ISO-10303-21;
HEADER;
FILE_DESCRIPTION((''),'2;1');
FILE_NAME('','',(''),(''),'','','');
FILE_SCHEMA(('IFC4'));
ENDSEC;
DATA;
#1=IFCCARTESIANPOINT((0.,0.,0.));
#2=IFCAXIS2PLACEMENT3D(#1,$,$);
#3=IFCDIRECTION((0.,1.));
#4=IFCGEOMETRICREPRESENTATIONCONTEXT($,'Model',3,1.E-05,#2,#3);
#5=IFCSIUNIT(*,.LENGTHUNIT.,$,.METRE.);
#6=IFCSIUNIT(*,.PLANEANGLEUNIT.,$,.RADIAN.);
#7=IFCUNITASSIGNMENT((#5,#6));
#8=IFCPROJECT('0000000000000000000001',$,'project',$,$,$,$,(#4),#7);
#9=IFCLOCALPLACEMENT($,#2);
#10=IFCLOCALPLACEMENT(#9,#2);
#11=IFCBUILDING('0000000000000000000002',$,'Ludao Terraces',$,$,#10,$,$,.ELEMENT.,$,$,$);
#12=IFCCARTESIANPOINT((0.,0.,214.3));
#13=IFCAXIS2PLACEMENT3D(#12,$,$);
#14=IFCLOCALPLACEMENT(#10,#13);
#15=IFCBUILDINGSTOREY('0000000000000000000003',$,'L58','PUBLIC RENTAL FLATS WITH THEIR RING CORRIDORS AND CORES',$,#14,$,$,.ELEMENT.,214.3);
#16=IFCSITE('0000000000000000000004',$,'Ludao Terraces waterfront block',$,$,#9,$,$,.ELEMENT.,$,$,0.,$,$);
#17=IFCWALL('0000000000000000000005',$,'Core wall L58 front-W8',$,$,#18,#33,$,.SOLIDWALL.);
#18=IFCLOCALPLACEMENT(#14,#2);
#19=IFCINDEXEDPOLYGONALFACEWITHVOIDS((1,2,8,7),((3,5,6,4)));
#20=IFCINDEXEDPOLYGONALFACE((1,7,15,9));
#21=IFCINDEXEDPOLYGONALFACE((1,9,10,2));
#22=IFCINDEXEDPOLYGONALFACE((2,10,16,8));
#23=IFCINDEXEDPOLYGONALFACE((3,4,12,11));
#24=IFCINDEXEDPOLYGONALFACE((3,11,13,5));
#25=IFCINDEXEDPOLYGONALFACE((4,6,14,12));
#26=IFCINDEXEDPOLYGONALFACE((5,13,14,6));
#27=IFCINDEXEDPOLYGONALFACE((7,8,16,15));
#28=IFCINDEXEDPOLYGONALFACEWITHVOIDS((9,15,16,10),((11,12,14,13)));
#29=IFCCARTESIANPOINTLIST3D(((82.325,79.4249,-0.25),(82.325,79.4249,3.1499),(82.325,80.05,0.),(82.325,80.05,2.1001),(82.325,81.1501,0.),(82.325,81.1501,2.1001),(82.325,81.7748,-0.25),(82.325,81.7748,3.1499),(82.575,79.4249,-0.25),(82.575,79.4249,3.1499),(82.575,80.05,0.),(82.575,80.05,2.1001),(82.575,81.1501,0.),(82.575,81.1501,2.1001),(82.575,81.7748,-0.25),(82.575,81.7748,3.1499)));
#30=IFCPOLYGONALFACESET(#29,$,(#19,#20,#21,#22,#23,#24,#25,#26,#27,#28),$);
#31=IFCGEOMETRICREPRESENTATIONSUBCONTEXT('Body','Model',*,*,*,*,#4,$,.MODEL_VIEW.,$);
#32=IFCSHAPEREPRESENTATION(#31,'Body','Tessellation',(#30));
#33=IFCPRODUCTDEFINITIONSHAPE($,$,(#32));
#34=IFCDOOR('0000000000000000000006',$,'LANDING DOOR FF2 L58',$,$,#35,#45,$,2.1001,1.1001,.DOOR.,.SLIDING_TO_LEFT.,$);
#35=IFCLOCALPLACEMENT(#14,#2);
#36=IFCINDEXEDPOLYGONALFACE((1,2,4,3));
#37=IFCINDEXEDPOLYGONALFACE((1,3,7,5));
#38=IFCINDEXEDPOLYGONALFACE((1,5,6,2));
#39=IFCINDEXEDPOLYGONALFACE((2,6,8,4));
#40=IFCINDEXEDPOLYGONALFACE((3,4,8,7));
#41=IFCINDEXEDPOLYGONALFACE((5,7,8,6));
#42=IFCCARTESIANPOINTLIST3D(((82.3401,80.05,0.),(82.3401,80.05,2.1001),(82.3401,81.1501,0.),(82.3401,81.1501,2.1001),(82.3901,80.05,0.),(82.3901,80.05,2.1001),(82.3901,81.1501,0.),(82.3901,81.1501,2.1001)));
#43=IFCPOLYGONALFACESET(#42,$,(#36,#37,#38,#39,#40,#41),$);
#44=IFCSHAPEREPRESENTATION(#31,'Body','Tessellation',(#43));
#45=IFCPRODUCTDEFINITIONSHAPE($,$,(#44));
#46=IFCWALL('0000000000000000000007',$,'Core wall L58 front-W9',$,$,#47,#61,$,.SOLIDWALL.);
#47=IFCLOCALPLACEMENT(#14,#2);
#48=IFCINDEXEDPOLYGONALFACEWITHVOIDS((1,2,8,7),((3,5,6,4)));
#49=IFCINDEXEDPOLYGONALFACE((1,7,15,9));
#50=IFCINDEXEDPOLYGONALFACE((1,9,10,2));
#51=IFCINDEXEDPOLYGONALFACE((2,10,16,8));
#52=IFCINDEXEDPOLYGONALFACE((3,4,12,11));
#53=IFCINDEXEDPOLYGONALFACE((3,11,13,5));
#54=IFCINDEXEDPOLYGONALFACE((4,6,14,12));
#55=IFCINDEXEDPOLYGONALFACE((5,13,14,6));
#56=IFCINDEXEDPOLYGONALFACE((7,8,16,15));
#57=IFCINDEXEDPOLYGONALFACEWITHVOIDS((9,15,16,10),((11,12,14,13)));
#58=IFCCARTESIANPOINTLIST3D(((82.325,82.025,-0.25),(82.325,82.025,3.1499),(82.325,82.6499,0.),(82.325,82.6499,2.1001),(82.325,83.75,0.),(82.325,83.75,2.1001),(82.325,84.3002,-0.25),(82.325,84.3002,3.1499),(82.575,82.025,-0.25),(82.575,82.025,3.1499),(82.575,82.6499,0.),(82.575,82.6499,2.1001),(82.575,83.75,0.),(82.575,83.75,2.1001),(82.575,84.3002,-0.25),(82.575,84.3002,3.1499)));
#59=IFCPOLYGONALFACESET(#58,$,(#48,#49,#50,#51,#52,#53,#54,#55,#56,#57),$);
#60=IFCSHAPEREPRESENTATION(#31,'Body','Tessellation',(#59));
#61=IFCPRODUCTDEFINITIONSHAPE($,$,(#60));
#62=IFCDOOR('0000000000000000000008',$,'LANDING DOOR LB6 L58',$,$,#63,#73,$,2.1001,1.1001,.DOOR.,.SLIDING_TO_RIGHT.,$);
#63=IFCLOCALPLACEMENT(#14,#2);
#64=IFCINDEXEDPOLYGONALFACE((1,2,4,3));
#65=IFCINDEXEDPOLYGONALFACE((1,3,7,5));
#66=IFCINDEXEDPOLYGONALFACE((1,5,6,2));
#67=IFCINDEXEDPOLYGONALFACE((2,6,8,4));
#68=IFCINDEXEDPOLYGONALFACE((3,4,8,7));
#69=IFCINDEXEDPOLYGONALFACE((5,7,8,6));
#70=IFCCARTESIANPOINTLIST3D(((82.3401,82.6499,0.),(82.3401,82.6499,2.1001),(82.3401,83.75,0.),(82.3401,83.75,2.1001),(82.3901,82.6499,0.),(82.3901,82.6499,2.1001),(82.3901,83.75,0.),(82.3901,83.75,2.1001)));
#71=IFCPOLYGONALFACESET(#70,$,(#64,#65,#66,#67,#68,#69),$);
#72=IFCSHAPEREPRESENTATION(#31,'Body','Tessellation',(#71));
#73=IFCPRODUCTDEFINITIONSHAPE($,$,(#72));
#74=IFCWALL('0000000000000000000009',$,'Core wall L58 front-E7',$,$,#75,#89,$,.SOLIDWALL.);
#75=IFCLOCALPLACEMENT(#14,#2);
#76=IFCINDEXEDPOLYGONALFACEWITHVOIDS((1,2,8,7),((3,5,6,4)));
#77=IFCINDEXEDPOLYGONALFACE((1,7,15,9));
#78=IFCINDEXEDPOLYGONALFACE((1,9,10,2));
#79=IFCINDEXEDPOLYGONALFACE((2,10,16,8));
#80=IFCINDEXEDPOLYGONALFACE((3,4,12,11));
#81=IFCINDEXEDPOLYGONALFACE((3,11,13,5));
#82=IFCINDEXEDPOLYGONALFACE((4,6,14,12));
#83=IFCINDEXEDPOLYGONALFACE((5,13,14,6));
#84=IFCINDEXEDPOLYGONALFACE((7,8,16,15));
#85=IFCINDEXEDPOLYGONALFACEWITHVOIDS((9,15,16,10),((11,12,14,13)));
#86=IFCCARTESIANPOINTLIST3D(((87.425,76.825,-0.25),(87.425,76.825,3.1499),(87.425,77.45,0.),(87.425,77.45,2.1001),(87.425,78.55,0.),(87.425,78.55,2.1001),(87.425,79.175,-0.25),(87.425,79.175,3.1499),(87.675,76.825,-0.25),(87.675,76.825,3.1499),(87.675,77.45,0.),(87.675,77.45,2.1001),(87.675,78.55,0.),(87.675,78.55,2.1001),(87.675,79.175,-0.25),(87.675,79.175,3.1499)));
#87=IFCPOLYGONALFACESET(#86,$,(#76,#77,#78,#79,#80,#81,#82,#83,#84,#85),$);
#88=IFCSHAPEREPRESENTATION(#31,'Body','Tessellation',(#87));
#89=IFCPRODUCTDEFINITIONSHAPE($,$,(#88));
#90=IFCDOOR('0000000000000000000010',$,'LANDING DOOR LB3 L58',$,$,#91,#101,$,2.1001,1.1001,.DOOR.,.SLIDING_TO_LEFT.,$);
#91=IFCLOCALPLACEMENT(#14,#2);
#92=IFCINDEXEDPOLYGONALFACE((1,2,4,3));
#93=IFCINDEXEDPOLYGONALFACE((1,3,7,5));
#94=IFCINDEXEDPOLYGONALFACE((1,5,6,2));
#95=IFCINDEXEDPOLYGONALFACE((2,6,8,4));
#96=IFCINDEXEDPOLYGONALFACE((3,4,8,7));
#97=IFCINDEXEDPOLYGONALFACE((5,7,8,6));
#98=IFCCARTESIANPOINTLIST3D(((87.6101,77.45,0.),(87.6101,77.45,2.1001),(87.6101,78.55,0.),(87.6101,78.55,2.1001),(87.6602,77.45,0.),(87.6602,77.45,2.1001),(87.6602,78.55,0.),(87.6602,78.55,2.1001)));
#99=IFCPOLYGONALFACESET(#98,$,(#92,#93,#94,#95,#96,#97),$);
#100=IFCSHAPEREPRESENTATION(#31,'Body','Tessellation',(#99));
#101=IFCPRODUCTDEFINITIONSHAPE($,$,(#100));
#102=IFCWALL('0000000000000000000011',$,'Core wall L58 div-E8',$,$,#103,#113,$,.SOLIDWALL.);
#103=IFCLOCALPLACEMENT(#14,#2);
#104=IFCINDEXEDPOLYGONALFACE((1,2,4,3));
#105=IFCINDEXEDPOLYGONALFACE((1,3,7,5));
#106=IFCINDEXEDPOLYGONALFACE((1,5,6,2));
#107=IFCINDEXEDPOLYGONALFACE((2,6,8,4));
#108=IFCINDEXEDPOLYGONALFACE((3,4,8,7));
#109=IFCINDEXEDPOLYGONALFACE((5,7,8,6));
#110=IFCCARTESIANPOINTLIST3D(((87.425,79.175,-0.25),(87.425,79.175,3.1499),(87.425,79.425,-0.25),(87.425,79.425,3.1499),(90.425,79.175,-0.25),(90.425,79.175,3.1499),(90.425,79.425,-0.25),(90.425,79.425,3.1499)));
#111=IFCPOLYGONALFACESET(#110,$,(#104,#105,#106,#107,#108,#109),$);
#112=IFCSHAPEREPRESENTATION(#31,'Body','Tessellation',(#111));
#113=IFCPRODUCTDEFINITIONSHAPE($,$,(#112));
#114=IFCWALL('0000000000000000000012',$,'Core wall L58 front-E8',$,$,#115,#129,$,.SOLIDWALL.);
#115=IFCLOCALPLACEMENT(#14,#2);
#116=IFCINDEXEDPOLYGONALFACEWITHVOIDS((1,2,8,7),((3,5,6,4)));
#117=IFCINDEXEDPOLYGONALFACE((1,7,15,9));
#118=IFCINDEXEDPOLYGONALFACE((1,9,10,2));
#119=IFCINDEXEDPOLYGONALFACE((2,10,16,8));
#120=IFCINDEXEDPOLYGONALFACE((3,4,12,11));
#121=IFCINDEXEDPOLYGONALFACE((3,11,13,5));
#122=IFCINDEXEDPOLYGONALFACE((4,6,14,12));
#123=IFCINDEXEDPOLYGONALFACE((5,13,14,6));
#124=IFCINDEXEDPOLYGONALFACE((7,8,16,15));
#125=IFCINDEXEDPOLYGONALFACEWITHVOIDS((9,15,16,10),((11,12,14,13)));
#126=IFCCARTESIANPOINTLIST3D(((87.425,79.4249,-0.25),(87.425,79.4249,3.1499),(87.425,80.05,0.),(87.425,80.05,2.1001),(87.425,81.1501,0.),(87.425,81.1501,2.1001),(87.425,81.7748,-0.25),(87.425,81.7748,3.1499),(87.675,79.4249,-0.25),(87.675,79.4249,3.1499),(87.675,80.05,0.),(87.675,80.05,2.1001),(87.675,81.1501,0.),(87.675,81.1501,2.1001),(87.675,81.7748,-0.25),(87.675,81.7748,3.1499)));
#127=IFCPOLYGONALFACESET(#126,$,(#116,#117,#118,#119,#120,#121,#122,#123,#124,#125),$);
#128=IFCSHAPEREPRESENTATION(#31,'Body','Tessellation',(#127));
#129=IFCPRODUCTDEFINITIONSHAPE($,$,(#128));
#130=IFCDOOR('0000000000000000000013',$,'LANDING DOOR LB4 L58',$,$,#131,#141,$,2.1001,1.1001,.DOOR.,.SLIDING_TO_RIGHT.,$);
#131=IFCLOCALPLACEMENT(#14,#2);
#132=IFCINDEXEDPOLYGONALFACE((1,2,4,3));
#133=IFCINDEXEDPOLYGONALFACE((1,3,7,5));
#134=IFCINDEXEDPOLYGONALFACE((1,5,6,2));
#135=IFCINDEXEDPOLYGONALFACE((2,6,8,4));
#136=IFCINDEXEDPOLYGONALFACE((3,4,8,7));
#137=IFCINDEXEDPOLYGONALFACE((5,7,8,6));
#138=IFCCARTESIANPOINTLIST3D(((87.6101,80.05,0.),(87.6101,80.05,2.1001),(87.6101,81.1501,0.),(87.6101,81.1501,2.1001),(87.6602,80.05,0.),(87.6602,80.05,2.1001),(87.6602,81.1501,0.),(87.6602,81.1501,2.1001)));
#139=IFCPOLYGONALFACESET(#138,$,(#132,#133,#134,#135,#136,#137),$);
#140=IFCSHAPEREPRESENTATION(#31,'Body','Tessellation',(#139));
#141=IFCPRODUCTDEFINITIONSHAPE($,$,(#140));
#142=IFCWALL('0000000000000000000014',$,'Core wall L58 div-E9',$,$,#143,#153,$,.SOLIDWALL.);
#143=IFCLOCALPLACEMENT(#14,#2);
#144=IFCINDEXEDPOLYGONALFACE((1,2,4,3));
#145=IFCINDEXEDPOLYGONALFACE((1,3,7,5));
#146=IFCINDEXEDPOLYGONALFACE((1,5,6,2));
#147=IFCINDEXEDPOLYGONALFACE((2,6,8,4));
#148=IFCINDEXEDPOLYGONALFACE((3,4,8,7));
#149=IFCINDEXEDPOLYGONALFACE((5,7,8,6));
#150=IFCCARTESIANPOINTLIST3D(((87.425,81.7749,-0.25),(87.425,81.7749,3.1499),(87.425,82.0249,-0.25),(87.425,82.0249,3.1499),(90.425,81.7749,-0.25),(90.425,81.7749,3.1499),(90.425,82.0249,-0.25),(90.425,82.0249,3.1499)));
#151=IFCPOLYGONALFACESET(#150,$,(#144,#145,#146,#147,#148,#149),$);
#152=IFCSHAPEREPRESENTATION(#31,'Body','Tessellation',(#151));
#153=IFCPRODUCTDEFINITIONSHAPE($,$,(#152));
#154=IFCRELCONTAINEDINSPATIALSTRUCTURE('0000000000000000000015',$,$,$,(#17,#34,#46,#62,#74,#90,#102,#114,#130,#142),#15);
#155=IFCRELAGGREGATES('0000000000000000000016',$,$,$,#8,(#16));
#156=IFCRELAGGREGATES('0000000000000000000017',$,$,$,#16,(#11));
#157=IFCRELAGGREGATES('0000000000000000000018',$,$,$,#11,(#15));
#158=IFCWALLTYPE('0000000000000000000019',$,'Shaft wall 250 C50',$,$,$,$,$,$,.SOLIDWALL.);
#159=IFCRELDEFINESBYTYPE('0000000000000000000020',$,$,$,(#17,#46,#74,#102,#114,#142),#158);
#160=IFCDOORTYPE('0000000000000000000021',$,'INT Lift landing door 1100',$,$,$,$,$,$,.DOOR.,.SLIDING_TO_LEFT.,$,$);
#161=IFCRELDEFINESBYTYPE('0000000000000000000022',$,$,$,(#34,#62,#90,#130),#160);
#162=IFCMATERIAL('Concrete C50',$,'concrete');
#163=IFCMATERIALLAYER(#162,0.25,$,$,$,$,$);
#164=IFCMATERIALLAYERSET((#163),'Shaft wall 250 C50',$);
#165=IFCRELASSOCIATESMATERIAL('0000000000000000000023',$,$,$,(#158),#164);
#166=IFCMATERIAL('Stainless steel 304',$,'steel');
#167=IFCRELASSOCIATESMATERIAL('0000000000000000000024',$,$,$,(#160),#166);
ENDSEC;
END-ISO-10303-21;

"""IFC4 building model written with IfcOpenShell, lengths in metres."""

from ifc_helpers import new_model, si_unit, direction, frame, frame_2d, origin, place, context, subcontext, project, spatial, rectangle, extrude, material, layer, layer_set, type_object, element, fill, save


model = new_model("IFC4")

# Units and contexts
model_context = context("Model", 3, precision=1e-05, world=origin(), true_north=direction((0.0, 1.0)))
body_context = subcontext(model_context, "Body", "Model", "MODEL_VIEW")
ifc_project = project(units=[si_unit("LENGTHUNIT", "METRE"), si_unit("PLANEANGLEUNIT", "RADIAN")], contexts=[model_context])

# Site, building, storey
site_placement = place(None, origin())
site = spatial("IfcSite", under=ifc_project, at=site_placement, Name="Ludao Terraces waterfront block", CompositionType="ELEMENT", RefElevation=0.0)
building_placement = place(site_placement, origin())
building = spatial("IfcBuilding", under=site, at=building_placement, Name="Ludao Terraces", CompositionType="ELEMENT")
storey_placement = place(building_placement, frame((0.0, 0.0, 214.3)))
storey = spatial("IfcBuildingStorey", under=building, at=storey_placement, Name="L58", Description="PUBLIC RENTAL FLATS WITH THEIR RING CORRIDORS AND CORES", CompositionType="ELEMENT", Elevation=214.3)

# Shared definitions
ifc_material_1 = material(Name="Concrete C50", Category="concrete")

# Shared definitions
ifc_layer_1 = layer(ifc_material_1, 0.25)
ifc_layer_set_1 = layer_set([ifc_layer_1], Name="Shaft wall 250 C50")
wall_type_1 = type_object("IfcWallType", Name="Shaft wall 250 C50", PredefinedType="SOLIDWALL", material=ifc_layer_set_1)

# Walls, openings, doors
ifc_material_2 = material(Name="Stainless steel 304", Category="steel")
door_type_1 = type_object("IfcDoorType", Name="INT Lift landing door 1100", OperationType="SLIDING_TO_LEFT", PredefinedType="DOOR", material=ifc_material_2)
wall_1_placement = place(storey_placement, frame((82.45, 79.425, -0.25), z_axis=(0.0, 0.0, 1.0), x_axis=(0.0, 1.0, 0.0)))
wall_1 = element("IfcWall", 1, at=wall_1_placement, inside=storey, type_object=wall_type_1, Name="Core wall L58 front-W8", PredefinedType="SOLIDWALL", context=body_context, shape_type="SweptSolid", body=[
    extrude(rectangle(XDim=2.3499, YDim=0.25, at=frame_2d((1.1748, 0.0))), origin(), (0.0, 0.0, 1.0), 3.3999),
])
opening_1_placement = place(wall_1_placement, frame((0.625, 0.0, 0.25)))
opening_1 = element("IfcOpeningElement", 2, at=opening_1_placement, cuts=wall_1, PredefinedType="OPENING", context=body_context, shape_type="SweptSolid", body=[
    extrude(rectangle(XDim=1.1001, YDim=2.1001, at=frame_2d((0.55, 1.05))), frame((0.0, 0.135, 0.0), z_axis=(0.0, -1.0, 0.0), x_axis=(1.0, 0.0, 0.0)), (0.0, 0.0, 1.0), 0.27),
])
door_1_placement = place(opening_1_placement, origin())
door_1 = element("IfcDoor", 3, at=door_1_placement, inside=storey, type_object=door_type_1, Name="LANDING DOOR FF2 L58", OperationType="SLIDING_TO_LEFT", OverallHeight=2.1001, OverallWidth=1.1001, PredefinedType="DOOR", context=body_context, shape_type="SweptSolid", body=[
    extrude(rectangle(XDim=1.1001, YDim=2.1001, at=frame_2d((0.55, 1.05))), frame((0.0, 0.1099, 0.0), z_axis=(0.0, -1.0, 0.0), x_axis=(1.0, 0.0, 0.0)), (0.0, 0.0, 1.0), 0.05),
])
fill(opening_1, door_1)
wall_2_placement = place(storey_placement, frame((82.45, 82.0249, -0.25), z_axis=(0.0, 0.0, 1.0), x_axis=(0.0, 1.0, 0.0)))
wall_2 = element("IfcWall", 4, at=wall_2_placement, inside=storey, type_object=wall_type_1, Name="Core wall L58 front-W9", PredefinedType="SOLIDWALL", context=body_context, shape_type="SweptSolid", body=[
    extrude(rectangle(XDim=2.2751, YDim=0.25, at=frame_2d((1.1377, 0.0))), origin(), (0.0, 0.0, 1.0), 3.3999),
])
opening_2_placement = place(wall_2_placement, frame((0.625, 0.0, 0.25)))
opening_2 = element("IfcOpeningElement", 5, at=opening_2_placement, cuts=wall_2, PredefinedType="OPENING", context=body_context, shape_type="SweptSolid", body=[
    extrude(rectangle(XDim=1.1001, YDim=2.1001, at=frame_2d((0.55, 1.05))), frame((0.0, 0.135, 0.0), z_axis=(0.0, -1.0, 0.0), x_axis=(1.0, 0.0, 0.0)), (0.0, 0.0, 1.0), 0.27),
])
door_2_placement = place(opening_2_placement, origin())
door_2 = element("IfcDoor", 6, at=door_2_placement, inside=storey, type_object=door_type_1, Name="LANDING DOOR LB6 L58", OperationType="SLIDING_TO_RIGHT", OverallHeight=2.1001, OverallWidth=1.1001, PredefinedType="DOOR", context=body_context, shape_type="SweptSolid", body=[
    extrude(rectangle(XDim=1.1001, YDim=2.1001, at=frame_2d((0.55, 1.05))), frame((0.0, 0.1099, 0.0), z_axis=(0.0, -1.0, 0.0), x_axis=(1.0, 0.0, 0.0)), (0.0, 0.0, 1.0), 0.05),
])
fill(opening_2, door_2)
wall_3_placement = place(storey_placement, frame((87.55, 76.825, -0.25), z_axis=(0.0, 0.0, 1.0), x_axis=(0.0, 1.0, 0.0)))
wall_3 = element("IfcWall", 7, at=wall_3_placement, inside=storey, type_object=wall_type_1, Name="Core wall L58 front-E7", PredefinedType="SOLIDWALL", context=body_context, shape_type="SweptSolid", body=[
    extrude(rectangle(XDim=2.3501, YDim=0.25, at=frame_2d((1.175, 0.0))), origin(), (0.0, 0.0, 1.0), 3.3999),
])
opening_3_placement = place(wall_3_placement, frame((0.625, 0.0, 0.25)))
opening_3 = element("IfcOpeningElement", 8, at=opening_3_placement, cuts=wall_3, PredefinedType="OPENING", context=body_context, shape_type="SweptSolid", body=[
    extrude(rectangle(XDim=1.1001, YDim=2.1001, at=frame_2d((0.55, 1.05))), frame((0.0, 0.135, 0.0), z_axis=(0.0, -1.0, 0.0), x_axis=(1.0, 0.0, 0.0)), (0.0, 0.0, 1.0), 0.27),
])
door_3_placement = place(opening_3_placement, origin())
door_3 = element("IfcDoor", 9, at=door_3_placement, inside=storey, type_object=door_type_1, Name="LANDING DOOR LB3 L58", OperationType="SLIDING_TO_LEFT", OverallHeight=2.1001, OverallWidth=1.1001, PredefinedType="DOOR", context=body_context, shape_type="SweptSolid", body=[
    extrude(rectangle(XDim=1.1001, YDim=2.1001, at=frame_2d((0.55, 1.05))), frame((0.0, -0.0601, 0.0), z_axis=(0.0, -1.0, 0.0), x_axis=(1.0, 0.0, 0.0)), (0.0, 0.0, 1.0), 0.05),
])
fill(opening_3, door_3)

# Wall
wall_4_placement = place(storey_placement, frame((87.425, 79.3, -0.25), z_axis=(0.0, 0.0, 1.0), x_axis=(1.0, 0.0, 0.0)))
element("IfcWall", 10, at=wall_4_placement, inside=storey, type_object=wall_type_1, Name="Core wall L58 div-E8", PredefinedType="SOLIDWALL", context=body_context, shape_type="SweptSolid", body=[
    extrude(rectangle(XDim=3.0, YDim=0.25, at=frame_2d((1.5, 0.0))), origin(), (0.0, 0.0, 1.0), 3.3999),
])

# Wall, opening, door
wall_5_placement = place(storey_placement, frame((87.55, 79.425, -0.25), z_axis=(0.0, 0.0, 1.0), x_axis=(0.0, 1.0, 0.0)))
wall_5 = element("IfcWall", 11, at=wall_5_placement, inside=storey, type_object=wall_type_1, Name="Core wall L58 front-E8", PredefinedType="SOLIDWALL", context=body_context, shape_type="SweptSolid", body=[
    extrude(rectangle(XDim=2.3499, YDim=0.25, at=frame_2d((1.1748, 0.0))), origin(), (0.0, 0.0, 1.0), 3.3999),
])
opening_4_placement = place(wall_5_placement, frame((0.625, 0.0, 0.25)))
opening_4 = element("IfcOpeningElement", 12, at=opening_4_placement, cuts=wall_5, PredefinedType="OPENING", context=body_context, shape_type="SweptSolid", body=[
    extrude(rectangle(XDim=1.1001, YDim=2.1001, at=frame_2d((0.55, 1.05))), frame((0.0, 0.135, 0.0), z_axis=(0.0, -1.0, 0.0), x_axis=(1.0, 0.0, 0.0)), (0.0, 0.0, 1.0), 0.27),
])
door_4_placement = place(opening_4_placement, origin())
door_4 = element("IfcDoor", 13, at=door_4_placement, inside=storey, type_object=door_type_1, Name="LANDING DOOR LB4 L58", OperationType="SLIDING_TO_RIGHT", OverallHeight=2.1001, OverallWidth=1.1001, PredefinedType="DOOR", context=body_context, shape_type="SweptSolid", body=[
    extrude(rectangle(XDim=1.1001, YDim=2.1001, at=frame_2d((0.55, 1.05))), frame((0.0, -0.0601, 0.0), z_axis=(0.0, -1.0, 0.0), x_axis=(1.0, 0.0, 0.0)), (0.0, 0.0, 1.0), 0.05),
])
fill(opening_4, door_4)

# Wall
wall_6_placement = place(storey_placement, frame((87.425, 81.8999, -0.25), z_axis=(0.0, 0.0, 1.0), x_axis=(1.0, 0.0, 0.0)))
element("IfcWall", 14, at=wall_6_placement, inside=storey, type_object=wall_type_1, Name="Core wall L58 div-E9", PredefinedType="SOLIDWALL", context=body_context, shape_type="SweptSolid", body=[
    extrude(rectangle(XDim=3.0, YDim=0.25, at=frame_2d((1.5, 0.0))), origin(), (0.0, 0.0, 1.0), 3.3999),
])

save(model, "model.ifc")
